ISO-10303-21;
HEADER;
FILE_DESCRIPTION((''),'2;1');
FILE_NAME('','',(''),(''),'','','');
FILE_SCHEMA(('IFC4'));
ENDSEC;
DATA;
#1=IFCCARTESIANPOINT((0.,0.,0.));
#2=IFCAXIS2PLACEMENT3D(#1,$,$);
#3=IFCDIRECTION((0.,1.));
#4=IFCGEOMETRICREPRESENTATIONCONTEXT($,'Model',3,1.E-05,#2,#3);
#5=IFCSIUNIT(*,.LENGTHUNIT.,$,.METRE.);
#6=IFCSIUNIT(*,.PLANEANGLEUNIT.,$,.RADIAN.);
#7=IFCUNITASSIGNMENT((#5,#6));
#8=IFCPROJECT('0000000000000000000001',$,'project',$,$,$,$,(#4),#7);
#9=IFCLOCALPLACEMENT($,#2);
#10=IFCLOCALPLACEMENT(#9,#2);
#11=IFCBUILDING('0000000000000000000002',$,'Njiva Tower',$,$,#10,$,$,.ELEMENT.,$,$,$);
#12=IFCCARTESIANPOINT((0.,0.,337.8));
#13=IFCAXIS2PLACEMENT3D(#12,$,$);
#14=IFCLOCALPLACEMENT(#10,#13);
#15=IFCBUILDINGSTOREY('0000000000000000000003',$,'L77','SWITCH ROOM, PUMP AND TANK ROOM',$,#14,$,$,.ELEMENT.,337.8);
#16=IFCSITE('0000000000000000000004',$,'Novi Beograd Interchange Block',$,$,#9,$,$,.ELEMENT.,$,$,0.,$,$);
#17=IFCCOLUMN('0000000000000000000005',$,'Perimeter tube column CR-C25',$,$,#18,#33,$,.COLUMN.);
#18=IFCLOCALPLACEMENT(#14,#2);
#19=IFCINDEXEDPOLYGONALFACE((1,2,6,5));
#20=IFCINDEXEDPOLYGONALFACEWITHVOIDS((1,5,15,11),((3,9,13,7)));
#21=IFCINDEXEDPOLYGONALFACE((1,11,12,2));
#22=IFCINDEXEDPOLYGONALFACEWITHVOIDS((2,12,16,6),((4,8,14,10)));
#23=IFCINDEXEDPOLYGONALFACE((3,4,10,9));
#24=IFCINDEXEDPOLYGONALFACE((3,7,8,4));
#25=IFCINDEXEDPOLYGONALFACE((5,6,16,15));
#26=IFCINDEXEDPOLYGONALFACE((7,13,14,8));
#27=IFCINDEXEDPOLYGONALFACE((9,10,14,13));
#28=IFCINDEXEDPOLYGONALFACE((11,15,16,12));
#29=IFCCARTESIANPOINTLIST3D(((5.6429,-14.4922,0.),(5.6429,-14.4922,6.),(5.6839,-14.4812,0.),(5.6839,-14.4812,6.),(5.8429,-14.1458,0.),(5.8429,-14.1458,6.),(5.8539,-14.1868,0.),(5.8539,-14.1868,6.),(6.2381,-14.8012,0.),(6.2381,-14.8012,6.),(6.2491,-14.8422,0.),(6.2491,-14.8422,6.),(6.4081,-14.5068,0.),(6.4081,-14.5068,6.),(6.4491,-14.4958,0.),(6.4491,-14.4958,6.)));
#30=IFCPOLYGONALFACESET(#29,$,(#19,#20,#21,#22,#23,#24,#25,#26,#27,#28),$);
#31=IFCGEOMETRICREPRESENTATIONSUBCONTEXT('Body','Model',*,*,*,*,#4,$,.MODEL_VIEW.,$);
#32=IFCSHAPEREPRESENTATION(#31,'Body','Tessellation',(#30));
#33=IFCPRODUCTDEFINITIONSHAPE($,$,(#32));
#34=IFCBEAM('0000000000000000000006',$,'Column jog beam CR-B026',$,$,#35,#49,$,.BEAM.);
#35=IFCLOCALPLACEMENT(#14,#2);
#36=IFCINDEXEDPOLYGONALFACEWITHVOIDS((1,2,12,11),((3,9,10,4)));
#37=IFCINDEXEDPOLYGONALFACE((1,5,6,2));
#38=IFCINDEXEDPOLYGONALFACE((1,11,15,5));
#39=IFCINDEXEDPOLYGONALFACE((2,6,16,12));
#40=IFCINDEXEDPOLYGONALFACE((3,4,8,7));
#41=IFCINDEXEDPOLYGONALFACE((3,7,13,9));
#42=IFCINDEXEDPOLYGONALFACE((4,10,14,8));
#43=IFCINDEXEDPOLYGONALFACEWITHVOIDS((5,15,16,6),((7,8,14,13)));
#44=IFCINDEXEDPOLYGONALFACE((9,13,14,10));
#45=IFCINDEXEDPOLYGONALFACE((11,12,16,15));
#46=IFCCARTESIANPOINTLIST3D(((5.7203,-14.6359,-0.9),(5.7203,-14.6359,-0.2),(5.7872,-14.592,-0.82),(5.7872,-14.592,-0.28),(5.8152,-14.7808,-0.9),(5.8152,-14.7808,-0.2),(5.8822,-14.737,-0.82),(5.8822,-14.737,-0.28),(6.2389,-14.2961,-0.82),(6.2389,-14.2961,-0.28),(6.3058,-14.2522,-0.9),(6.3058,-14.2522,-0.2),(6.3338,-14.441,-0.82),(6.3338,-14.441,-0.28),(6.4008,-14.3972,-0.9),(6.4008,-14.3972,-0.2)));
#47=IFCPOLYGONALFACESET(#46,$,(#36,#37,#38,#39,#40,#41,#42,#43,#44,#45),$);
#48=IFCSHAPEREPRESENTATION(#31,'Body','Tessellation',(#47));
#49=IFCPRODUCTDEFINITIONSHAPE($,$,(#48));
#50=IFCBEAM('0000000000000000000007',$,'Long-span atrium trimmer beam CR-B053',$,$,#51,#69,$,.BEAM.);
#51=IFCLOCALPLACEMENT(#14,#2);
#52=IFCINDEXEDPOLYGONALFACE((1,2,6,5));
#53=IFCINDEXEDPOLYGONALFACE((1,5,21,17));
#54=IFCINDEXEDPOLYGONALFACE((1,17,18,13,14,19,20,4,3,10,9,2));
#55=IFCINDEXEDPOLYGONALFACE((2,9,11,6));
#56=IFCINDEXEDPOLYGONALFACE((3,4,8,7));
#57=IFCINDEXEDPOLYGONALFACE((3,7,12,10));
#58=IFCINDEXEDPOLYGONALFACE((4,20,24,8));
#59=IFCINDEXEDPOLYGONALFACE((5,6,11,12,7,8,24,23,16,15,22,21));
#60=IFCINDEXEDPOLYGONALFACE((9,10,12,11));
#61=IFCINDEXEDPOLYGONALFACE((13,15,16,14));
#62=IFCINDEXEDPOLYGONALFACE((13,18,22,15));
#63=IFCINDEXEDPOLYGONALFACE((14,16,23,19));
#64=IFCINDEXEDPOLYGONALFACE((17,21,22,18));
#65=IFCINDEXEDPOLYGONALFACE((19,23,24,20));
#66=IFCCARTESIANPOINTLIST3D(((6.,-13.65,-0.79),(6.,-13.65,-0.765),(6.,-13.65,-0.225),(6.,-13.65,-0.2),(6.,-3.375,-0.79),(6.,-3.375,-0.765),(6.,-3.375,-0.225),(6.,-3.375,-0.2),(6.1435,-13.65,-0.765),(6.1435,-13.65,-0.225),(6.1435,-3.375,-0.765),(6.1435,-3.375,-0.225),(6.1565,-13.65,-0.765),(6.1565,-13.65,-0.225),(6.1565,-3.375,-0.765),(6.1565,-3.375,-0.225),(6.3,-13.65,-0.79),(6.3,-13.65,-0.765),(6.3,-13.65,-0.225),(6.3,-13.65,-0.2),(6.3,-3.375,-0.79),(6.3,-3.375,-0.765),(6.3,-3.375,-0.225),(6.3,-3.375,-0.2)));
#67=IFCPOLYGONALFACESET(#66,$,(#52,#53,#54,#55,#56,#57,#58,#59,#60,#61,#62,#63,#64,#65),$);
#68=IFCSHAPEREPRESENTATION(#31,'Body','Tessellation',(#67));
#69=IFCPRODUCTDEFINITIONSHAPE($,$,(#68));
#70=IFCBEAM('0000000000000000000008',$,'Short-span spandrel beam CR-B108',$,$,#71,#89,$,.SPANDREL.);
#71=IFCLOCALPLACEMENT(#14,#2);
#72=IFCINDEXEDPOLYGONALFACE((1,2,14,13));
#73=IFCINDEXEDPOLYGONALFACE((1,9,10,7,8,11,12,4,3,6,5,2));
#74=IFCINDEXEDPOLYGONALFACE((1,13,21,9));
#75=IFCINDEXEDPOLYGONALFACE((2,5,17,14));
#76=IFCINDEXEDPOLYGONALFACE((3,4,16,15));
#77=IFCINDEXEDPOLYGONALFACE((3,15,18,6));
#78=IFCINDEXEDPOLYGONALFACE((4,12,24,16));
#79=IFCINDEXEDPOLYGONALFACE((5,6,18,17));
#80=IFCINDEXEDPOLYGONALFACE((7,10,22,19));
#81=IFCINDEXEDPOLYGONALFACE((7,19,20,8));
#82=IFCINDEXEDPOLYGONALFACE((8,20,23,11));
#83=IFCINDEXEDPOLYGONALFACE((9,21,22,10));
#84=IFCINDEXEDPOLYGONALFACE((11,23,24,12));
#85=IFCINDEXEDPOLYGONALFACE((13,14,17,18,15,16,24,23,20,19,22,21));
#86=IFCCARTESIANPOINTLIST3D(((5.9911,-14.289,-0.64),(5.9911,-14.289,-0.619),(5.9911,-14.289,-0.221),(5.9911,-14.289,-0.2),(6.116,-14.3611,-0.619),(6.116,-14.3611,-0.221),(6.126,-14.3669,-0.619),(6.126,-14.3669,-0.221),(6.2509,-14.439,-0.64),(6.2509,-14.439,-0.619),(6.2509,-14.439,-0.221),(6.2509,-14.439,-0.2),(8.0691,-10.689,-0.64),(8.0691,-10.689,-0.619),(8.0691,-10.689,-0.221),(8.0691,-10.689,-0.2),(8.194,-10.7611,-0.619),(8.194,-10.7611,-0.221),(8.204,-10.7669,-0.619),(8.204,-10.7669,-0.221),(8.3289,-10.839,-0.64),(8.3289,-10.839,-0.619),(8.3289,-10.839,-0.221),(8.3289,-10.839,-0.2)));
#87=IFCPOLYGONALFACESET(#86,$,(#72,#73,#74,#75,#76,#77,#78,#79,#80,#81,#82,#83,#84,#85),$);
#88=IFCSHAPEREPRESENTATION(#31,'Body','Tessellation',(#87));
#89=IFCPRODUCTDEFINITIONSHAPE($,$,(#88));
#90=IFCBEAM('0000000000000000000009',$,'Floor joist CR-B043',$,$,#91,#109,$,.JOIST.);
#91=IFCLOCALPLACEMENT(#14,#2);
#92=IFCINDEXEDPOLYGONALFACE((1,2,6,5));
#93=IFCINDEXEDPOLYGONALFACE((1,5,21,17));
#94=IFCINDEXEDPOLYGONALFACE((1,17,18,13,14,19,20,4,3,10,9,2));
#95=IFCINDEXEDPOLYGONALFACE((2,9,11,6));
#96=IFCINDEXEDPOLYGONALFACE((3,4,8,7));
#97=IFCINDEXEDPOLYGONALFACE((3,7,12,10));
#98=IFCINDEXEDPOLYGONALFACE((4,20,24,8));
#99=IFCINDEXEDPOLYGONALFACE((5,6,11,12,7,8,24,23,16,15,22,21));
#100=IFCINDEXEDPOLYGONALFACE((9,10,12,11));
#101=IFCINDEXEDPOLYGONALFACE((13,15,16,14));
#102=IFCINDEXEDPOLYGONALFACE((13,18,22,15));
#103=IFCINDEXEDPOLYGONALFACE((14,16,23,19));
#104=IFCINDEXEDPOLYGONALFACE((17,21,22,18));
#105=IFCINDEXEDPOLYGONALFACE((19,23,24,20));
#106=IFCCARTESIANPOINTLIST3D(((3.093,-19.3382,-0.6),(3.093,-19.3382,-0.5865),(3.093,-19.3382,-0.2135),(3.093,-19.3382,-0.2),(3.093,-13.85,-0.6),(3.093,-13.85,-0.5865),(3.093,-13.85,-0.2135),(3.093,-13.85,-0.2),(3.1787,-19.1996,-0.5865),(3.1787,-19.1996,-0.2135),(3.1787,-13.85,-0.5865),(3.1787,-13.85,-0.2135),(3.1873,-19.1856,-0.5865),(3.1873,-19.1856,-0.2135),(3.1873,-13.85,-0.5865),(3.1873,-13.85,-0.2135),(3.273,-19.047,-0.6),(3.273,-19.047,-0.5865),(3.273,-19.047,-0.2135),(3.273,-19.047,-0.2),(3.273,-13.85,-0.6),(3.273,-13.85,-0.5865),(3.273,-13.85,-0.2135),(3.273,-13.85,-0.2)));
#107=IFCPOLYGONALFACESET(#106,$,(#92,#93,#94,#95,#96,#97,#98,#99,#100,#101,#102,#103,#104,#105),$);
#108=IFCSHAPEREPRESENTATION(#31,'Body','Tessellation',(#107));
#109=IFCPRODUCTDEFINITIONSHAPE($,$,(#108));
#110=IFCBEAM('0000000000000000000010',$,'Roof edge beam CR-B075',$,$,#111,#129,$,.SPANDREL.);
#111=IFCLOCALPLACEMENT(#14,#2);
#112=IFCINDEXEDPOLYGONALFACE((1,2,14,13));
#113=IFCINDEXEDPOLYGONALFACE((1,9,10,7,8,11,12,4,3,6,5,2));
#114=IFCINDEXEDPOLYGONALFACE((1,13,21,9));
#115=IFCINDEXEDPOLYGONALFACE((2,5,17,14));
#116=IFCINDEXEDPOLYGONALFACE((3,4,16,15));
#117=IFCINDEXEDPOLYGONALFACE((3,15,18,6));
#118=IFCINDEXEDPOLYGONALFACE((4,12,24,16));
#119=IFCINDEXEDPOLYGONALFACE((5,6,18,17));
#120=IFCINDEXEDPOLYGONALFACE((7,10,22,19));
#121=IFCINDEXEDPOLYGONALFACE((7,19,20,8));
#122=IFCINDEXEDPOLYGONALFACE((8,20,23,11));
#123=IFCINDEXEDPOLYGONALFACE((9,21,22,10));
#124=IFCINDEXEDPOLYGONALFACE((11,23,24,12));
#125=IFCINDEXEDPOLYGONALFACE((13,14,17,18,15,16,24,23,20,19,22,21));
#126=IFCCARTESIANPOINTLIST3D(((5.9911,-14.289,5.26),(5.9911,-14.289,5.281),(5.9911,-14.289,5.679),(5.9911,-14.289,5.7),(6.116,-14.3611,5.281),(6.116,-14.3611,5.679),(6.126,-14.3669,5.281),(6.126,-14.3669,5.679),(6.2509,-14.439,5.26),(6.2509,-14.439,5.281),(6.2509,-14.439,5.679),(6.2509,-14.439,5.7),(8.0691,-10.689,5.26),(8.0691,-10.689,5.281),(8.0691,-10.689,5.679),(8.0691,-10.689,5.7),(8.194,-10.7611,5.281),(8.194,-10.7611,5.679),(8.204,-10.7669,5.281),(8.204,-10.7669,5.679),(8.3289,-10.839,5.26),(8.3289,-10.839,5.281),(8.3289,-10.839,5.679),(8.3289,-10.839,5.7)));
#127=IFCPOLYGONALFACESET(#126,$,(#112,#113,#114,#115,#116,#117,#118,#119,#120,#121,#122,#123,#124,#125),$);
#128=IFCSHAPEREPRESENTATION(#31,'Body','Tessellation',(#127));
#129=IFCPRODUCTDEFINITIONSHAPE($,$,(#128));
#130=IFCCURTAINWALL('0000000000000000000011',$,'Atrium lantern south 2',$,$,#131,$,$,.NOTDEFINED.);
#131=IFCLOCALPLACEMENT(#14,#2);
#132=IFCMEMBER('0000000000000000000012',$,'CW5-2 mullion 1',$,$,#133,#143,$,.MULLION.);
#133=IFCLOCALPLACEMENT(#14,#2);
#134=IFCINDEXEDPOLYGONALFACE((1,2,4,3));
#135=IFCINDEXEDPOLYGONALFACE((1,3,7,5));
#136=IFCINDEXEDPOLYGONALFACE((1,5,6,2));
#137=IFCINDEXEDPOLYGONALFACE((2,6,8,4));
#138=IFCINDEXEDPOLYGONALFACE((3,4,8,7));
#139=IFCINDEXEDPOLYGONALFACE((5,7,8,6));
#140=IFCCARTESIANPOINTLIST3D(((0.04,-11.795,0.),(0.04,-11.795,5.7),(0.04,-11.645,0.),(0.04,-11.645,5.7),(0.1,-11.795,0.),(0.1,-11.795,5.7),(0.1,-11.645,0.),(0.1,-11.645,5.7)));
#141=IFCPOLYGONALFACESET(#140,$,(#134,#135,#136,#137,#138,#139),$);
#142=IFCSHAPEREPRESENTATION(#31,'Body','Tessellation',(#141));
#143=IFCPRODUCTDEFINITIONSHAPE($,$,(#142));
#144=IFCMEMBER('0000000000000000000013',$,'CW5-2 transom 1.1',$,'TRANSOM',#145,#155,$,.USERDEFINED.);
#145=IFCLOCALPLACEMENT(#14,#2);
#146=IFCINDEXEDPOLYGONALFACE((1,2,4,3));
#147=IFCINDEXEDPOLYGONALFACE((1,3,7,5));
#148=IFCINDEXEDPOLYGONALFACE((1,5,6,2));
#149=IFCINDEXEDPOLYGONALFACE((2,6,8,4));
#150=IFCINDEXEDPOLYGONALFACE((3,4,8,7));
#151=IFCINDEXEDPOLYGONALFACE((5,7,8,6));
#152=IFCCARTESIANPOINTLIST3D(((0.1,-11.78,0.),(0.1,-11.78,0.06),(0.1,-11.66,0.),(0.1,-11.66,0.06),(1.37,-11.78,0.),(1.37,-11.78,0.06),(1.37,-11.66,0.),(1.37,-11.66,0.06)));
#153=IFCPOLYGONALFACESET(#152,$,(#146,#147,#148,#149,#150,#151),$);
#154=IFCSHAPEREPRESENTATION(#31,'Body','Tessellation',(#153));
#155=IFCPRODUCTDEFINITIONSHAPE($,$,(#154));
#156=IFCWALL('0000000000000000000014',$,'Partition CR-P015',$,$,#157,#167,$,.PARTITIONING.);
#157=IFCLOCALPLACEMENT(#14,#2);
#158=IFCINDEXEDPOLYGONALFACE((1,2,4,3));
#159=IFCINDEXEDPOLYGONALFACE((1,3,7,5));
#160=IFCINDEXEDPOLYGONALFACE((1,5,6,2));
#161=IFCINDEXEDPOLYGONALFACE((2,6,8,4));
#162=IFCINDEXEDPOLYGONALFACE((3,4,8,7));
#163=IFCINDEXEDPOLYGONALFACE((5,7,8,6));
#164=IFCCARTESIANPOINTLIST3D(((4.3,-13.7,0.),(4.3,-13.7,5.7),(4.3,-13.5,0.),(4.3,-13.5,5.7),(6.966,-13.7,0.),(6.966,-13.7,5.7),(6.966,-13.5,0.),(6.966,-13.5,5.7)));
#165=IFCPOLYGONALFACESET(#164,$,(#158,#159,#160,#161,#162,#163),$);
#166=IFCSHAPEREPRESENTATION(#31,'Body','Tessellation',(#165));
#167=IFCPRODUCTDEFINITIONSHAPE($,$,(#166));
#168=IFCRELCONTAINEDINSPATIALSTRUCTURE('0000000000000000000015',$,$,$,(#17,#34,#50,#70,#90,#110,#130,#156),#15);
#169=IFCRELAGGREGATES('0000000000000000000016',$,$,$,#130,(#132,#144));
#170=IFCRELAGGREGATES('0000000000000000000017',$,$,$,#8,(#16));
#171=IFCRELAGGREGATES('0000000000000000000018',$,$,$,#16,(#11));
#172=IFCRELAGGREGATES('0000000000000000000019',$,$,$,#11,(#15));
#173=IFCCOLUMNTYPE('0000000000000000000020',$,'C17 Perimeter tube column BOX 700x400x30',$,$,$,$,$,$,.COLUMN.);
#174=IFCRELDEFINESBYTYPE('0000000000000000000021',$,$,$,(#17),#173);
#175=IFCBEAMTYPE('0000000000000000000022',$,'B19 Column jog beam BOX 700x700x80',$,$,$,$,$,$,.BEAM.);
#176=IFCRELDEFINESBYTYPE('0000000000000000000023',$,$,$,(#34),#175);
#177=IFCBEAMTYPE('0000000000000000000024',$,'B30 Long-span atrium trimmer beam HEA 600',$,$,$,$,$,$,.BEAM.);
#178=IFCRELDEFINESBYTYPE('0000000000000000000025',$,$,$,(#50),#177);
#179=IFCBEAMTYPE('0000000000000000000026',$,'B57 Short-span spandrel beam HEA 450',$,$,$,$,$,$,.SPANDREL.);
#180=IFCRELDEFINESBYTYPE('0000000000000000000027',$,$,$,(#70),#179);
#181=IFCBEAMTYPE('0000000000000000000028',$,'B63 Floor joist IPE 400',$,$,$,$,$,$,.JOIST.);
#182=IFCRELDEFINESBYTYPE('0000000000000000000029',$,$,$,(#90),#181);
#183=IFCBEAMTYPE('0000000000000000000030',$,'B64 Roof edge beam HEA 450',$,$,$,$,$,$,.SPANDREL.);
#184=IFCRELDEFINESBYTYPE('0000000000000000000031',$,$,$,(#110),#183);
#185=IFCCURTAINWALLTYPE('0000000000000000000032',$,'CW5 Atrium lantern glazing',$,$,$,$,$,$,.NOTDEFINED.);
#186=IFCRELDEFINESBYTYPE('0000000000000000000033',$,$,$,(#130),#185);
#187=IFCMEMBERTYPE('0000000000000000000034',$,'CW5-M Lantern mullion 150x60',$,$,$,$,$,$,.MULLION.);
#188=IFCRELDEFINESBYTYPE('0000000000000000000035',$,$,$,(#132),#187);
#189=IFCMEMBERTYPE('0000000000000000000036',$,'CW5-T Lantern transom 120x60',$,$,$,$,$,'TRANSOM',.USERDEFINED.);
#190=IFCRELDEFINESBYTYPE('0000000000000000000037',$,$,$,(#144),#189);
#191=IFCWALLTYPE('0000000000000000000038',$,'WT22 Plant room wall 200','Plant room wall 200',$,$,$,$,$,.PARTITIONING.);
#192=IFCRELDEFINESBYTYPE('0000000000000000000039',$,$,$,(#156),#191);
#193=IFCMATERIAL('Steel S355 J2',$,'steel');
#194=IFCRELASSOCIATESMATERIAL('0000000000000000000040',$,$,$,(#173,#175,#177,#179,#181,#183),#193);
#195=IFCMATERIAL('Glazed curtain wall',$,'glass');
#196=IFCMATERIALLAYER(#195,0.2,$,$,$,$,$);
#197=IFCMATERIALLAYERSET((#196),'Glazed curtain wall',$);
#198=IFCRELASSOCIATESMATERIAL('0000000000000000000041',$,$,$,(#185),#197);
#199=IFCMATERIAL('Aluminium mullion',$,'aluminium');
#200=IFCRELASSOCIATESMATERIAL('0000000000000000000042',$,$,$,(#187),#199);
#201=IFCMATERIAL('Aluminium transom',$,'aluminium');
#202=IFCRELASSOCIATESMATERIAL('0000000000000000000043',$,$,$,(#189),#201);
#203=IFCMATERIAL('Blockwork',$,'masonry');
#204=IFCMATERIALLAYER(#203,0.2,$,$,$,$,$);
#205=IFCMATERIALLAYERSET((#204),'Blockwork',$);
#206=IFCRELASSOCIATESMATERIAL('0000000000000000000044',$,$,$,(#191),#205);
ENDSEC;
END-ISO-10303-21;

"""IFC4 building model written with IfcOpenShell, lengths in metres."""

from ifc_helpers import new_model, si_unit, direction, frame, frame_2d, origin, origin_2d, place, context, subcontext, project, spatial, rectangle, hollow_rectangle, i_section, extrude, clip, halfspace, material, layer, layer_set, material_profile, profile_set, type_object, element, aggregate, save


model = new_model("IFC4")

# Units and contexts
model_context = context("Model", 3, precision=1e-05, world=origin(), true_north=direction((0.0, 1.0)))
body_context = subcontext(model_context, "Body", "Model", "MODEL_VIEW")
ifc_project = project(units=[si_unit("LENGTHUNIT", "METRE"), si_unit("PLANEANGLEUNIT", "RADIAN")], contexts=[model_context])

# Site, building, storey
site_placement = place(None, origin())
site = spatial("IfcSite", under=ifc_project, at=site_placement, Name="Novi Beograd Interchange Block", CompositionType="ELEMENT", RefElevation=0.0)
building_placement = place(site_placement, origin())
building = spatial("IfcBuilding", under=site, at=building_placement, Name="Njiva Tower", CompositionType="ELEMENT")
storey_placement = place(building_placement, frame((0.0, 0.0, 337.8)))
storey = spatial("IfcBuildingStorey", under=building, at=storey_placement, Name="L77", Description="SWITCH ROOM, PUMP AND TANK ROOM", CompositionType="ELEMENT", Elevation=337.8)

# Column
ifc_material_1 = material(Name="Steel S355 J2", Category="steel")
ifc_material_profile_1 = material_profile(ifc_material_1, hollow_rectangle(XDim=0.4, YDim=0.7, WallThickness=0.03, at=origin_2d()), Name="BOX 700x400x30")
ifc_profile_set_1 = profile_set([ifc_material_profile_1], Name="Steel S355 J2")
column_type = type_object("IfcColumnType", Name="C17 Perimeter tube column BOX 700x400x30", PredefinedType="COLUMN", material=ifc_profile_set_1)
column_placement = place(storey_placement, frame((6.046, -14.494, 0.0), z_axis=(0.0, 0.0, 1.0), x_axis=(0.5, 0.866025, 0.0)))
element("IfcColumn", 1, at=column_placement, inside=storey, type_object=column_type, Name="Perimeter tube column CR-C25", PredefinedType="COLUMN", context=body_context, shape_type="SweptSolid", body=[
    extrude(hollow_rectangle(XDim=0.4, YDim=0.7, WallThickness=0.03, at=origin_2d()), origin(), (0.0, 0.0, 1.0), 6.0),
])

# Beams
ifc_material_profile_2 = material_profile(ifc_material_1, hollow_rectangle(XDim=0.7, YDim=0.7, WallThickness=0.08, at=origin_2d()), Name="BOX 700x700x80")
ifc_profile_set_2 = profile_set([ifc_material_profile_2], Name="Steel S355 J2")
beam_type_1 = type_object("IfcBeamType", Name="B19 Column jog beam BOX 700x700x80", PredefinedType="BEAM", material=ifc_profile_set_2)
beam_1_placement = place(storey_placement, frame((6.108, -14.589, -0.55), z_axis=(-0.548026, 0.836461, 0.0), x_axis=(-0.836461, -0.548026, 0.0)))
element("IfcBeam", 2, at=beam_1_placement, inside=storey, type_object=beam_type_1, Name="Column jog beam CR-B026", PredefinedType="BEAM", context=body_context, shape_type="SweptSolid", body=[
    extrude(hollow_rectangle(XDim=0.7, YDim=0.7, WallThickness=0.08, at=origin_2d()), origin(), (0.0, 0.0, 1.0), 0.1733),
])
ifc_material_profile_3 = material_profile(ifc_material_1, i_section(OverallWidth=0.3, OverallDepth=0.59, WebThickness=0.013, FlangeThickness=0.025, at=origin_2d()), Name="HEA 600")
ifc_profile_set_3 = profile_set([ifc_material_profile_3], Name="Steel S355 J2")
beam_type_2 = type_object("IfcBeamType", Name="B30 Long-span atrium trimmer beam HEA 600", PredefinedType="BEAM", material=ifc_profile_set_3)
beam_2_placement = place(storey_placement, frame((6.15, -13.65, -0.495), z_axis=(0.0, 1.0, 0.0), x_axis=(-1.0, 0.0, 0.0)))
element("IfcBeam", 3, at=beam_2_placement, inside=storey, type_object=beam_type_2, Name="Long-span atrium trimmer beam CR-B053", PredefinedType="BEAM", context=body_context, shape_type="SweptSolid", body=[
    extrude(i_section(OverallWidth=0.3, OverallDepth=0.59, WebThickness=0.013, FlangeThickness=0.025, at=origin_2d()), origin(), (0.0, 0.0, 1.0), 10.275),
])
ifc_material_profile_4 = material_profile(ifc_material_1, i_section(OverallWidth=0.3, OverallDepth=0.44, WebThickness=0.0115, FlangeThickness=0.021, at=origin_2d()), Name="HEA 450")
ifc_profile_set_4 = profile_set([ifc_material_profile_4], Name="Steel S355 J2")
beam_type_3 = type_object("IfcBeamType", Name="B57 Short-span spandrel beam HEA 450", PredefinedType="SPANDREL", material=ifc_profile_set_4)
beam_3_placement = place(storey_placement, frame((6.121, -14.364, -0.42), z_axis=(0.499917, 0.866073, 0.0), x_axis=(-0.866073, 0.499917, 0.0)))
element("IfcBeam", 4, at=beam_3_placement, inside=storey, type_object=beam_type_3, Name="Short-span spandrel beam CR-B108", PredefinedType="SPANDREL", context=body_context, shape_type="SweptSolid", body=[
    extrude(i_section(OverallWidth=0.3, OverallDepth=0.44, WebThickness=0.0115, FlangeThickness=0.021, at=origin_2d()), origin(), (0.0, 0.0, 1.0), 4.1567),
])
ifc_material_profile_5 = material_profile(ifc_material_1, i_section(OverallWidth=0.18, OverallDepth=0.4, WebThickness=0.0086, FlangeThickness=0.0135, at=origin_2d()), Name="IPE 400")
ifc_profile_set_5 = profile_set([ifc_material_profile_5], Name="Steel S355 J2")
beam_type_4 = type_object("IfcBeamType", Name="B63 Floor joist IPE 400", PredefinedType="JOIST", material=ifc_profile_set_5)
beam_4_placement = place(storey_placement, frame((3.183, -13.85, -0.4), z_axis=(0.0, -1.0, 0.0), x_axis=(1.0, 0.0, 0.0)))
element("IfcBeam", 5, at=beam_4_placement, inside=storey, type_object=beam_type_4, Name="Floor joist CR-B043", PredefinedType="JOIST", context=body_context, shape_type="Clipping", body=[
    clip(extrude(i_section(OverallWidth=0.18, OverallDepth=0.4, WebThickness=0.0086, FlangeThickness=0.0135, at=origin_2d()), origin(), (0.0, 0.0, 1.0), 5.508), halfspace(frame((0.0429, 0.0, 5.2732), z_axis=(0.85062, 0.0, 0.52578), x_axis=(0.0, 1.0, 0.0)), False)),
])
ifc_material_profile_6 = material_profile(ifc_material_1, i_section(OverallWidth=0.3, OverallDepth=0.44, WebThickness=0.0115, FlangeThickness=0.021, at=origin_2d()), Name="HEA 450")
ifc_profile_set_6 = profile_set([ifc_material_profile_6], Name="Steel S355 J2")
beam_type_5 = type_object("IfcBeamType", Name="B64 Roof edge beam HEA 450", PredefinedType="SPANDREL", material=ifc_profile_set_6)
beam_5_placement = place(storey_placement, frame((6.121, -14.364, 5.48), z_axis=(0.499917, 0.866073, 0.0), x_axis=(-0.866073, 0.499917, 0.0)))
element("IfcBeam", 6, at=beam_5_placement, inside=storey, type_object=beam_type_5, Name="Roof edge beam CR-B075", PredefinedType="SPANDREL", context=body_context, shape_type="SweptSolid", body=[
    extrude(i_section(OverallWidth=0.3, OverallDepth=0.44, WebThickness=0.0115, FlangeThickness=0.021, at=origin_2d()), origin(), (0.0, 0.0, 1.0), 4.1567),
])

# Curtain wall, members
ifc_material_2 = material(Name="Glazed curtain wall", Category="glass")
ifc_layer_1 = layer(ifc_material_2, 0.2)
ifc_layer_set_1 = layer_set([ifc_layer_1], Name="Glazed curtain wall")
curtain_wall_type = type_object("IfcCurtainWallType", Name="CW5 Atrium lantern glazing", PredefinedType="NOTDEFINED", material=ifc_layer_set_1)
curtain_wall_placement = place(storey_placement, origin())
curtain_wall = element("IfcCurtainWall", 7, at=curtain_wall_placement, inside=storey, type_object=curtain_wall_type, Name="Atrium lantern south 2", PredefinedType="NOTDEFINED")
ifc_material_3 = material(Name="Aluminium mullion", Category="aluminium")
ifc_material_profile_7 = material_profile(ifc_material_3, rectangle(XDim=0.15, YDim=0.06, at=origin_2d()), Name="RECT 150x60")
ifc_profile_set_7 = profile_set([ifc_material_profile_7], Name="Aluminium mullion")
member_type_1 = type_object("IfcMemberType", Name="CW5-M Lantern mullion 150x60", PredefinedType="MULLION", material=ifc_profile_set_7)
member_1_placement = place(storey_placement, frame((0.07, -11.72, 0.0), z_axis=(0.0, 0.0, 1.0), x_axis=(0.0, 1.0, 0.0)))
member_1 = element("IfcMember", 8, at=member_1_placement, type_object=member_type_1, Name="CW5-2 mullion 1", PredefinedType="MULLION", context=body_context, shape_type="SweptSolid", body=[
    extrude(rectangle(XDim=0.15, YDim=0.06, at=origin_2d()), origin(), (0.0, 0.0, 1.0), 5.7),
])
ifc_material_4 = material(Name="Aluminium transom", Category="aluminium")
ifc_material_profile_8 = material_profile(ifc_material_4, rectangle(XDim=0.12, YDim=0.06, at=origin_2d()), Name="RECT 120x60")
ifc_profile_set_8 = profile_set([ifc_material_profile_8], Name="Aluminium transom")
member_type_2 = type_object("IfcMemberType", Name="CW5-T Lantern transom 120x60", ElementType="TRANSOM", PredefinedType="USERDEFINED", material=ifc_profile_set_8)
member_2_placement = place(storey_placement, frame((0.1, -11.72, 0.03), z_axis=(1.0, 0.0, 0.0), x_axis=(0.0, 1.0, 0.0)))
member_2 = element("IfcMember", 9, at=member_2_placement, type_object=member_type_2, Name="CW5-2 transom 1.1", ObjectType="TRANSOM", PredefinedType="USERDEFINED", context=body_context, shape_type="SweptSolid", body=[
    extrude(rectangle(XDim=0.12, YDim=0.06, at=origin_2d()), origin(), (0.0, 0.0, 1.0), 1.27),
])
aggregate(curtain_wall, [member_1, member_2])

# Wall
ifc_material_5 = material(Name="Blockwork", Category="masonry")
ifc_layer_2 = layer(ifc_material_5, 0.2)
ifc_layer_set_2 = layer_set([ifc_layer_2], Name="Blockwork")
wall_type_1 = type_object("IfcWallType", Name="WT22 Plant room wall 200", Description="Plant room wall 200", PredefinedType="PARTITIONING", material=ifc_layer_set_2)
wall_1_placement = place(storey_placement, frame((4.3, -13.6, 0.0), z_axis=(0.0, 0.0, 1.0), x_axis=(1.0, 0.0, 0.0)))
element("IfcWall", 10, at=wall_1_placement, inside=storey, type_object=wall_type_1, Name="Partition CR-P015", PredefinedType="PARTITIONING", context=body_context, shape_type="SweptSolid", body=[
    extrude(rectangle(XDim=2.666, YDim=0.2, at=frame_2d((1.333, 0.0))), origin(), (0.0, 0.0, 1.0), 5.7),
])

save(model, "model.ifc")
